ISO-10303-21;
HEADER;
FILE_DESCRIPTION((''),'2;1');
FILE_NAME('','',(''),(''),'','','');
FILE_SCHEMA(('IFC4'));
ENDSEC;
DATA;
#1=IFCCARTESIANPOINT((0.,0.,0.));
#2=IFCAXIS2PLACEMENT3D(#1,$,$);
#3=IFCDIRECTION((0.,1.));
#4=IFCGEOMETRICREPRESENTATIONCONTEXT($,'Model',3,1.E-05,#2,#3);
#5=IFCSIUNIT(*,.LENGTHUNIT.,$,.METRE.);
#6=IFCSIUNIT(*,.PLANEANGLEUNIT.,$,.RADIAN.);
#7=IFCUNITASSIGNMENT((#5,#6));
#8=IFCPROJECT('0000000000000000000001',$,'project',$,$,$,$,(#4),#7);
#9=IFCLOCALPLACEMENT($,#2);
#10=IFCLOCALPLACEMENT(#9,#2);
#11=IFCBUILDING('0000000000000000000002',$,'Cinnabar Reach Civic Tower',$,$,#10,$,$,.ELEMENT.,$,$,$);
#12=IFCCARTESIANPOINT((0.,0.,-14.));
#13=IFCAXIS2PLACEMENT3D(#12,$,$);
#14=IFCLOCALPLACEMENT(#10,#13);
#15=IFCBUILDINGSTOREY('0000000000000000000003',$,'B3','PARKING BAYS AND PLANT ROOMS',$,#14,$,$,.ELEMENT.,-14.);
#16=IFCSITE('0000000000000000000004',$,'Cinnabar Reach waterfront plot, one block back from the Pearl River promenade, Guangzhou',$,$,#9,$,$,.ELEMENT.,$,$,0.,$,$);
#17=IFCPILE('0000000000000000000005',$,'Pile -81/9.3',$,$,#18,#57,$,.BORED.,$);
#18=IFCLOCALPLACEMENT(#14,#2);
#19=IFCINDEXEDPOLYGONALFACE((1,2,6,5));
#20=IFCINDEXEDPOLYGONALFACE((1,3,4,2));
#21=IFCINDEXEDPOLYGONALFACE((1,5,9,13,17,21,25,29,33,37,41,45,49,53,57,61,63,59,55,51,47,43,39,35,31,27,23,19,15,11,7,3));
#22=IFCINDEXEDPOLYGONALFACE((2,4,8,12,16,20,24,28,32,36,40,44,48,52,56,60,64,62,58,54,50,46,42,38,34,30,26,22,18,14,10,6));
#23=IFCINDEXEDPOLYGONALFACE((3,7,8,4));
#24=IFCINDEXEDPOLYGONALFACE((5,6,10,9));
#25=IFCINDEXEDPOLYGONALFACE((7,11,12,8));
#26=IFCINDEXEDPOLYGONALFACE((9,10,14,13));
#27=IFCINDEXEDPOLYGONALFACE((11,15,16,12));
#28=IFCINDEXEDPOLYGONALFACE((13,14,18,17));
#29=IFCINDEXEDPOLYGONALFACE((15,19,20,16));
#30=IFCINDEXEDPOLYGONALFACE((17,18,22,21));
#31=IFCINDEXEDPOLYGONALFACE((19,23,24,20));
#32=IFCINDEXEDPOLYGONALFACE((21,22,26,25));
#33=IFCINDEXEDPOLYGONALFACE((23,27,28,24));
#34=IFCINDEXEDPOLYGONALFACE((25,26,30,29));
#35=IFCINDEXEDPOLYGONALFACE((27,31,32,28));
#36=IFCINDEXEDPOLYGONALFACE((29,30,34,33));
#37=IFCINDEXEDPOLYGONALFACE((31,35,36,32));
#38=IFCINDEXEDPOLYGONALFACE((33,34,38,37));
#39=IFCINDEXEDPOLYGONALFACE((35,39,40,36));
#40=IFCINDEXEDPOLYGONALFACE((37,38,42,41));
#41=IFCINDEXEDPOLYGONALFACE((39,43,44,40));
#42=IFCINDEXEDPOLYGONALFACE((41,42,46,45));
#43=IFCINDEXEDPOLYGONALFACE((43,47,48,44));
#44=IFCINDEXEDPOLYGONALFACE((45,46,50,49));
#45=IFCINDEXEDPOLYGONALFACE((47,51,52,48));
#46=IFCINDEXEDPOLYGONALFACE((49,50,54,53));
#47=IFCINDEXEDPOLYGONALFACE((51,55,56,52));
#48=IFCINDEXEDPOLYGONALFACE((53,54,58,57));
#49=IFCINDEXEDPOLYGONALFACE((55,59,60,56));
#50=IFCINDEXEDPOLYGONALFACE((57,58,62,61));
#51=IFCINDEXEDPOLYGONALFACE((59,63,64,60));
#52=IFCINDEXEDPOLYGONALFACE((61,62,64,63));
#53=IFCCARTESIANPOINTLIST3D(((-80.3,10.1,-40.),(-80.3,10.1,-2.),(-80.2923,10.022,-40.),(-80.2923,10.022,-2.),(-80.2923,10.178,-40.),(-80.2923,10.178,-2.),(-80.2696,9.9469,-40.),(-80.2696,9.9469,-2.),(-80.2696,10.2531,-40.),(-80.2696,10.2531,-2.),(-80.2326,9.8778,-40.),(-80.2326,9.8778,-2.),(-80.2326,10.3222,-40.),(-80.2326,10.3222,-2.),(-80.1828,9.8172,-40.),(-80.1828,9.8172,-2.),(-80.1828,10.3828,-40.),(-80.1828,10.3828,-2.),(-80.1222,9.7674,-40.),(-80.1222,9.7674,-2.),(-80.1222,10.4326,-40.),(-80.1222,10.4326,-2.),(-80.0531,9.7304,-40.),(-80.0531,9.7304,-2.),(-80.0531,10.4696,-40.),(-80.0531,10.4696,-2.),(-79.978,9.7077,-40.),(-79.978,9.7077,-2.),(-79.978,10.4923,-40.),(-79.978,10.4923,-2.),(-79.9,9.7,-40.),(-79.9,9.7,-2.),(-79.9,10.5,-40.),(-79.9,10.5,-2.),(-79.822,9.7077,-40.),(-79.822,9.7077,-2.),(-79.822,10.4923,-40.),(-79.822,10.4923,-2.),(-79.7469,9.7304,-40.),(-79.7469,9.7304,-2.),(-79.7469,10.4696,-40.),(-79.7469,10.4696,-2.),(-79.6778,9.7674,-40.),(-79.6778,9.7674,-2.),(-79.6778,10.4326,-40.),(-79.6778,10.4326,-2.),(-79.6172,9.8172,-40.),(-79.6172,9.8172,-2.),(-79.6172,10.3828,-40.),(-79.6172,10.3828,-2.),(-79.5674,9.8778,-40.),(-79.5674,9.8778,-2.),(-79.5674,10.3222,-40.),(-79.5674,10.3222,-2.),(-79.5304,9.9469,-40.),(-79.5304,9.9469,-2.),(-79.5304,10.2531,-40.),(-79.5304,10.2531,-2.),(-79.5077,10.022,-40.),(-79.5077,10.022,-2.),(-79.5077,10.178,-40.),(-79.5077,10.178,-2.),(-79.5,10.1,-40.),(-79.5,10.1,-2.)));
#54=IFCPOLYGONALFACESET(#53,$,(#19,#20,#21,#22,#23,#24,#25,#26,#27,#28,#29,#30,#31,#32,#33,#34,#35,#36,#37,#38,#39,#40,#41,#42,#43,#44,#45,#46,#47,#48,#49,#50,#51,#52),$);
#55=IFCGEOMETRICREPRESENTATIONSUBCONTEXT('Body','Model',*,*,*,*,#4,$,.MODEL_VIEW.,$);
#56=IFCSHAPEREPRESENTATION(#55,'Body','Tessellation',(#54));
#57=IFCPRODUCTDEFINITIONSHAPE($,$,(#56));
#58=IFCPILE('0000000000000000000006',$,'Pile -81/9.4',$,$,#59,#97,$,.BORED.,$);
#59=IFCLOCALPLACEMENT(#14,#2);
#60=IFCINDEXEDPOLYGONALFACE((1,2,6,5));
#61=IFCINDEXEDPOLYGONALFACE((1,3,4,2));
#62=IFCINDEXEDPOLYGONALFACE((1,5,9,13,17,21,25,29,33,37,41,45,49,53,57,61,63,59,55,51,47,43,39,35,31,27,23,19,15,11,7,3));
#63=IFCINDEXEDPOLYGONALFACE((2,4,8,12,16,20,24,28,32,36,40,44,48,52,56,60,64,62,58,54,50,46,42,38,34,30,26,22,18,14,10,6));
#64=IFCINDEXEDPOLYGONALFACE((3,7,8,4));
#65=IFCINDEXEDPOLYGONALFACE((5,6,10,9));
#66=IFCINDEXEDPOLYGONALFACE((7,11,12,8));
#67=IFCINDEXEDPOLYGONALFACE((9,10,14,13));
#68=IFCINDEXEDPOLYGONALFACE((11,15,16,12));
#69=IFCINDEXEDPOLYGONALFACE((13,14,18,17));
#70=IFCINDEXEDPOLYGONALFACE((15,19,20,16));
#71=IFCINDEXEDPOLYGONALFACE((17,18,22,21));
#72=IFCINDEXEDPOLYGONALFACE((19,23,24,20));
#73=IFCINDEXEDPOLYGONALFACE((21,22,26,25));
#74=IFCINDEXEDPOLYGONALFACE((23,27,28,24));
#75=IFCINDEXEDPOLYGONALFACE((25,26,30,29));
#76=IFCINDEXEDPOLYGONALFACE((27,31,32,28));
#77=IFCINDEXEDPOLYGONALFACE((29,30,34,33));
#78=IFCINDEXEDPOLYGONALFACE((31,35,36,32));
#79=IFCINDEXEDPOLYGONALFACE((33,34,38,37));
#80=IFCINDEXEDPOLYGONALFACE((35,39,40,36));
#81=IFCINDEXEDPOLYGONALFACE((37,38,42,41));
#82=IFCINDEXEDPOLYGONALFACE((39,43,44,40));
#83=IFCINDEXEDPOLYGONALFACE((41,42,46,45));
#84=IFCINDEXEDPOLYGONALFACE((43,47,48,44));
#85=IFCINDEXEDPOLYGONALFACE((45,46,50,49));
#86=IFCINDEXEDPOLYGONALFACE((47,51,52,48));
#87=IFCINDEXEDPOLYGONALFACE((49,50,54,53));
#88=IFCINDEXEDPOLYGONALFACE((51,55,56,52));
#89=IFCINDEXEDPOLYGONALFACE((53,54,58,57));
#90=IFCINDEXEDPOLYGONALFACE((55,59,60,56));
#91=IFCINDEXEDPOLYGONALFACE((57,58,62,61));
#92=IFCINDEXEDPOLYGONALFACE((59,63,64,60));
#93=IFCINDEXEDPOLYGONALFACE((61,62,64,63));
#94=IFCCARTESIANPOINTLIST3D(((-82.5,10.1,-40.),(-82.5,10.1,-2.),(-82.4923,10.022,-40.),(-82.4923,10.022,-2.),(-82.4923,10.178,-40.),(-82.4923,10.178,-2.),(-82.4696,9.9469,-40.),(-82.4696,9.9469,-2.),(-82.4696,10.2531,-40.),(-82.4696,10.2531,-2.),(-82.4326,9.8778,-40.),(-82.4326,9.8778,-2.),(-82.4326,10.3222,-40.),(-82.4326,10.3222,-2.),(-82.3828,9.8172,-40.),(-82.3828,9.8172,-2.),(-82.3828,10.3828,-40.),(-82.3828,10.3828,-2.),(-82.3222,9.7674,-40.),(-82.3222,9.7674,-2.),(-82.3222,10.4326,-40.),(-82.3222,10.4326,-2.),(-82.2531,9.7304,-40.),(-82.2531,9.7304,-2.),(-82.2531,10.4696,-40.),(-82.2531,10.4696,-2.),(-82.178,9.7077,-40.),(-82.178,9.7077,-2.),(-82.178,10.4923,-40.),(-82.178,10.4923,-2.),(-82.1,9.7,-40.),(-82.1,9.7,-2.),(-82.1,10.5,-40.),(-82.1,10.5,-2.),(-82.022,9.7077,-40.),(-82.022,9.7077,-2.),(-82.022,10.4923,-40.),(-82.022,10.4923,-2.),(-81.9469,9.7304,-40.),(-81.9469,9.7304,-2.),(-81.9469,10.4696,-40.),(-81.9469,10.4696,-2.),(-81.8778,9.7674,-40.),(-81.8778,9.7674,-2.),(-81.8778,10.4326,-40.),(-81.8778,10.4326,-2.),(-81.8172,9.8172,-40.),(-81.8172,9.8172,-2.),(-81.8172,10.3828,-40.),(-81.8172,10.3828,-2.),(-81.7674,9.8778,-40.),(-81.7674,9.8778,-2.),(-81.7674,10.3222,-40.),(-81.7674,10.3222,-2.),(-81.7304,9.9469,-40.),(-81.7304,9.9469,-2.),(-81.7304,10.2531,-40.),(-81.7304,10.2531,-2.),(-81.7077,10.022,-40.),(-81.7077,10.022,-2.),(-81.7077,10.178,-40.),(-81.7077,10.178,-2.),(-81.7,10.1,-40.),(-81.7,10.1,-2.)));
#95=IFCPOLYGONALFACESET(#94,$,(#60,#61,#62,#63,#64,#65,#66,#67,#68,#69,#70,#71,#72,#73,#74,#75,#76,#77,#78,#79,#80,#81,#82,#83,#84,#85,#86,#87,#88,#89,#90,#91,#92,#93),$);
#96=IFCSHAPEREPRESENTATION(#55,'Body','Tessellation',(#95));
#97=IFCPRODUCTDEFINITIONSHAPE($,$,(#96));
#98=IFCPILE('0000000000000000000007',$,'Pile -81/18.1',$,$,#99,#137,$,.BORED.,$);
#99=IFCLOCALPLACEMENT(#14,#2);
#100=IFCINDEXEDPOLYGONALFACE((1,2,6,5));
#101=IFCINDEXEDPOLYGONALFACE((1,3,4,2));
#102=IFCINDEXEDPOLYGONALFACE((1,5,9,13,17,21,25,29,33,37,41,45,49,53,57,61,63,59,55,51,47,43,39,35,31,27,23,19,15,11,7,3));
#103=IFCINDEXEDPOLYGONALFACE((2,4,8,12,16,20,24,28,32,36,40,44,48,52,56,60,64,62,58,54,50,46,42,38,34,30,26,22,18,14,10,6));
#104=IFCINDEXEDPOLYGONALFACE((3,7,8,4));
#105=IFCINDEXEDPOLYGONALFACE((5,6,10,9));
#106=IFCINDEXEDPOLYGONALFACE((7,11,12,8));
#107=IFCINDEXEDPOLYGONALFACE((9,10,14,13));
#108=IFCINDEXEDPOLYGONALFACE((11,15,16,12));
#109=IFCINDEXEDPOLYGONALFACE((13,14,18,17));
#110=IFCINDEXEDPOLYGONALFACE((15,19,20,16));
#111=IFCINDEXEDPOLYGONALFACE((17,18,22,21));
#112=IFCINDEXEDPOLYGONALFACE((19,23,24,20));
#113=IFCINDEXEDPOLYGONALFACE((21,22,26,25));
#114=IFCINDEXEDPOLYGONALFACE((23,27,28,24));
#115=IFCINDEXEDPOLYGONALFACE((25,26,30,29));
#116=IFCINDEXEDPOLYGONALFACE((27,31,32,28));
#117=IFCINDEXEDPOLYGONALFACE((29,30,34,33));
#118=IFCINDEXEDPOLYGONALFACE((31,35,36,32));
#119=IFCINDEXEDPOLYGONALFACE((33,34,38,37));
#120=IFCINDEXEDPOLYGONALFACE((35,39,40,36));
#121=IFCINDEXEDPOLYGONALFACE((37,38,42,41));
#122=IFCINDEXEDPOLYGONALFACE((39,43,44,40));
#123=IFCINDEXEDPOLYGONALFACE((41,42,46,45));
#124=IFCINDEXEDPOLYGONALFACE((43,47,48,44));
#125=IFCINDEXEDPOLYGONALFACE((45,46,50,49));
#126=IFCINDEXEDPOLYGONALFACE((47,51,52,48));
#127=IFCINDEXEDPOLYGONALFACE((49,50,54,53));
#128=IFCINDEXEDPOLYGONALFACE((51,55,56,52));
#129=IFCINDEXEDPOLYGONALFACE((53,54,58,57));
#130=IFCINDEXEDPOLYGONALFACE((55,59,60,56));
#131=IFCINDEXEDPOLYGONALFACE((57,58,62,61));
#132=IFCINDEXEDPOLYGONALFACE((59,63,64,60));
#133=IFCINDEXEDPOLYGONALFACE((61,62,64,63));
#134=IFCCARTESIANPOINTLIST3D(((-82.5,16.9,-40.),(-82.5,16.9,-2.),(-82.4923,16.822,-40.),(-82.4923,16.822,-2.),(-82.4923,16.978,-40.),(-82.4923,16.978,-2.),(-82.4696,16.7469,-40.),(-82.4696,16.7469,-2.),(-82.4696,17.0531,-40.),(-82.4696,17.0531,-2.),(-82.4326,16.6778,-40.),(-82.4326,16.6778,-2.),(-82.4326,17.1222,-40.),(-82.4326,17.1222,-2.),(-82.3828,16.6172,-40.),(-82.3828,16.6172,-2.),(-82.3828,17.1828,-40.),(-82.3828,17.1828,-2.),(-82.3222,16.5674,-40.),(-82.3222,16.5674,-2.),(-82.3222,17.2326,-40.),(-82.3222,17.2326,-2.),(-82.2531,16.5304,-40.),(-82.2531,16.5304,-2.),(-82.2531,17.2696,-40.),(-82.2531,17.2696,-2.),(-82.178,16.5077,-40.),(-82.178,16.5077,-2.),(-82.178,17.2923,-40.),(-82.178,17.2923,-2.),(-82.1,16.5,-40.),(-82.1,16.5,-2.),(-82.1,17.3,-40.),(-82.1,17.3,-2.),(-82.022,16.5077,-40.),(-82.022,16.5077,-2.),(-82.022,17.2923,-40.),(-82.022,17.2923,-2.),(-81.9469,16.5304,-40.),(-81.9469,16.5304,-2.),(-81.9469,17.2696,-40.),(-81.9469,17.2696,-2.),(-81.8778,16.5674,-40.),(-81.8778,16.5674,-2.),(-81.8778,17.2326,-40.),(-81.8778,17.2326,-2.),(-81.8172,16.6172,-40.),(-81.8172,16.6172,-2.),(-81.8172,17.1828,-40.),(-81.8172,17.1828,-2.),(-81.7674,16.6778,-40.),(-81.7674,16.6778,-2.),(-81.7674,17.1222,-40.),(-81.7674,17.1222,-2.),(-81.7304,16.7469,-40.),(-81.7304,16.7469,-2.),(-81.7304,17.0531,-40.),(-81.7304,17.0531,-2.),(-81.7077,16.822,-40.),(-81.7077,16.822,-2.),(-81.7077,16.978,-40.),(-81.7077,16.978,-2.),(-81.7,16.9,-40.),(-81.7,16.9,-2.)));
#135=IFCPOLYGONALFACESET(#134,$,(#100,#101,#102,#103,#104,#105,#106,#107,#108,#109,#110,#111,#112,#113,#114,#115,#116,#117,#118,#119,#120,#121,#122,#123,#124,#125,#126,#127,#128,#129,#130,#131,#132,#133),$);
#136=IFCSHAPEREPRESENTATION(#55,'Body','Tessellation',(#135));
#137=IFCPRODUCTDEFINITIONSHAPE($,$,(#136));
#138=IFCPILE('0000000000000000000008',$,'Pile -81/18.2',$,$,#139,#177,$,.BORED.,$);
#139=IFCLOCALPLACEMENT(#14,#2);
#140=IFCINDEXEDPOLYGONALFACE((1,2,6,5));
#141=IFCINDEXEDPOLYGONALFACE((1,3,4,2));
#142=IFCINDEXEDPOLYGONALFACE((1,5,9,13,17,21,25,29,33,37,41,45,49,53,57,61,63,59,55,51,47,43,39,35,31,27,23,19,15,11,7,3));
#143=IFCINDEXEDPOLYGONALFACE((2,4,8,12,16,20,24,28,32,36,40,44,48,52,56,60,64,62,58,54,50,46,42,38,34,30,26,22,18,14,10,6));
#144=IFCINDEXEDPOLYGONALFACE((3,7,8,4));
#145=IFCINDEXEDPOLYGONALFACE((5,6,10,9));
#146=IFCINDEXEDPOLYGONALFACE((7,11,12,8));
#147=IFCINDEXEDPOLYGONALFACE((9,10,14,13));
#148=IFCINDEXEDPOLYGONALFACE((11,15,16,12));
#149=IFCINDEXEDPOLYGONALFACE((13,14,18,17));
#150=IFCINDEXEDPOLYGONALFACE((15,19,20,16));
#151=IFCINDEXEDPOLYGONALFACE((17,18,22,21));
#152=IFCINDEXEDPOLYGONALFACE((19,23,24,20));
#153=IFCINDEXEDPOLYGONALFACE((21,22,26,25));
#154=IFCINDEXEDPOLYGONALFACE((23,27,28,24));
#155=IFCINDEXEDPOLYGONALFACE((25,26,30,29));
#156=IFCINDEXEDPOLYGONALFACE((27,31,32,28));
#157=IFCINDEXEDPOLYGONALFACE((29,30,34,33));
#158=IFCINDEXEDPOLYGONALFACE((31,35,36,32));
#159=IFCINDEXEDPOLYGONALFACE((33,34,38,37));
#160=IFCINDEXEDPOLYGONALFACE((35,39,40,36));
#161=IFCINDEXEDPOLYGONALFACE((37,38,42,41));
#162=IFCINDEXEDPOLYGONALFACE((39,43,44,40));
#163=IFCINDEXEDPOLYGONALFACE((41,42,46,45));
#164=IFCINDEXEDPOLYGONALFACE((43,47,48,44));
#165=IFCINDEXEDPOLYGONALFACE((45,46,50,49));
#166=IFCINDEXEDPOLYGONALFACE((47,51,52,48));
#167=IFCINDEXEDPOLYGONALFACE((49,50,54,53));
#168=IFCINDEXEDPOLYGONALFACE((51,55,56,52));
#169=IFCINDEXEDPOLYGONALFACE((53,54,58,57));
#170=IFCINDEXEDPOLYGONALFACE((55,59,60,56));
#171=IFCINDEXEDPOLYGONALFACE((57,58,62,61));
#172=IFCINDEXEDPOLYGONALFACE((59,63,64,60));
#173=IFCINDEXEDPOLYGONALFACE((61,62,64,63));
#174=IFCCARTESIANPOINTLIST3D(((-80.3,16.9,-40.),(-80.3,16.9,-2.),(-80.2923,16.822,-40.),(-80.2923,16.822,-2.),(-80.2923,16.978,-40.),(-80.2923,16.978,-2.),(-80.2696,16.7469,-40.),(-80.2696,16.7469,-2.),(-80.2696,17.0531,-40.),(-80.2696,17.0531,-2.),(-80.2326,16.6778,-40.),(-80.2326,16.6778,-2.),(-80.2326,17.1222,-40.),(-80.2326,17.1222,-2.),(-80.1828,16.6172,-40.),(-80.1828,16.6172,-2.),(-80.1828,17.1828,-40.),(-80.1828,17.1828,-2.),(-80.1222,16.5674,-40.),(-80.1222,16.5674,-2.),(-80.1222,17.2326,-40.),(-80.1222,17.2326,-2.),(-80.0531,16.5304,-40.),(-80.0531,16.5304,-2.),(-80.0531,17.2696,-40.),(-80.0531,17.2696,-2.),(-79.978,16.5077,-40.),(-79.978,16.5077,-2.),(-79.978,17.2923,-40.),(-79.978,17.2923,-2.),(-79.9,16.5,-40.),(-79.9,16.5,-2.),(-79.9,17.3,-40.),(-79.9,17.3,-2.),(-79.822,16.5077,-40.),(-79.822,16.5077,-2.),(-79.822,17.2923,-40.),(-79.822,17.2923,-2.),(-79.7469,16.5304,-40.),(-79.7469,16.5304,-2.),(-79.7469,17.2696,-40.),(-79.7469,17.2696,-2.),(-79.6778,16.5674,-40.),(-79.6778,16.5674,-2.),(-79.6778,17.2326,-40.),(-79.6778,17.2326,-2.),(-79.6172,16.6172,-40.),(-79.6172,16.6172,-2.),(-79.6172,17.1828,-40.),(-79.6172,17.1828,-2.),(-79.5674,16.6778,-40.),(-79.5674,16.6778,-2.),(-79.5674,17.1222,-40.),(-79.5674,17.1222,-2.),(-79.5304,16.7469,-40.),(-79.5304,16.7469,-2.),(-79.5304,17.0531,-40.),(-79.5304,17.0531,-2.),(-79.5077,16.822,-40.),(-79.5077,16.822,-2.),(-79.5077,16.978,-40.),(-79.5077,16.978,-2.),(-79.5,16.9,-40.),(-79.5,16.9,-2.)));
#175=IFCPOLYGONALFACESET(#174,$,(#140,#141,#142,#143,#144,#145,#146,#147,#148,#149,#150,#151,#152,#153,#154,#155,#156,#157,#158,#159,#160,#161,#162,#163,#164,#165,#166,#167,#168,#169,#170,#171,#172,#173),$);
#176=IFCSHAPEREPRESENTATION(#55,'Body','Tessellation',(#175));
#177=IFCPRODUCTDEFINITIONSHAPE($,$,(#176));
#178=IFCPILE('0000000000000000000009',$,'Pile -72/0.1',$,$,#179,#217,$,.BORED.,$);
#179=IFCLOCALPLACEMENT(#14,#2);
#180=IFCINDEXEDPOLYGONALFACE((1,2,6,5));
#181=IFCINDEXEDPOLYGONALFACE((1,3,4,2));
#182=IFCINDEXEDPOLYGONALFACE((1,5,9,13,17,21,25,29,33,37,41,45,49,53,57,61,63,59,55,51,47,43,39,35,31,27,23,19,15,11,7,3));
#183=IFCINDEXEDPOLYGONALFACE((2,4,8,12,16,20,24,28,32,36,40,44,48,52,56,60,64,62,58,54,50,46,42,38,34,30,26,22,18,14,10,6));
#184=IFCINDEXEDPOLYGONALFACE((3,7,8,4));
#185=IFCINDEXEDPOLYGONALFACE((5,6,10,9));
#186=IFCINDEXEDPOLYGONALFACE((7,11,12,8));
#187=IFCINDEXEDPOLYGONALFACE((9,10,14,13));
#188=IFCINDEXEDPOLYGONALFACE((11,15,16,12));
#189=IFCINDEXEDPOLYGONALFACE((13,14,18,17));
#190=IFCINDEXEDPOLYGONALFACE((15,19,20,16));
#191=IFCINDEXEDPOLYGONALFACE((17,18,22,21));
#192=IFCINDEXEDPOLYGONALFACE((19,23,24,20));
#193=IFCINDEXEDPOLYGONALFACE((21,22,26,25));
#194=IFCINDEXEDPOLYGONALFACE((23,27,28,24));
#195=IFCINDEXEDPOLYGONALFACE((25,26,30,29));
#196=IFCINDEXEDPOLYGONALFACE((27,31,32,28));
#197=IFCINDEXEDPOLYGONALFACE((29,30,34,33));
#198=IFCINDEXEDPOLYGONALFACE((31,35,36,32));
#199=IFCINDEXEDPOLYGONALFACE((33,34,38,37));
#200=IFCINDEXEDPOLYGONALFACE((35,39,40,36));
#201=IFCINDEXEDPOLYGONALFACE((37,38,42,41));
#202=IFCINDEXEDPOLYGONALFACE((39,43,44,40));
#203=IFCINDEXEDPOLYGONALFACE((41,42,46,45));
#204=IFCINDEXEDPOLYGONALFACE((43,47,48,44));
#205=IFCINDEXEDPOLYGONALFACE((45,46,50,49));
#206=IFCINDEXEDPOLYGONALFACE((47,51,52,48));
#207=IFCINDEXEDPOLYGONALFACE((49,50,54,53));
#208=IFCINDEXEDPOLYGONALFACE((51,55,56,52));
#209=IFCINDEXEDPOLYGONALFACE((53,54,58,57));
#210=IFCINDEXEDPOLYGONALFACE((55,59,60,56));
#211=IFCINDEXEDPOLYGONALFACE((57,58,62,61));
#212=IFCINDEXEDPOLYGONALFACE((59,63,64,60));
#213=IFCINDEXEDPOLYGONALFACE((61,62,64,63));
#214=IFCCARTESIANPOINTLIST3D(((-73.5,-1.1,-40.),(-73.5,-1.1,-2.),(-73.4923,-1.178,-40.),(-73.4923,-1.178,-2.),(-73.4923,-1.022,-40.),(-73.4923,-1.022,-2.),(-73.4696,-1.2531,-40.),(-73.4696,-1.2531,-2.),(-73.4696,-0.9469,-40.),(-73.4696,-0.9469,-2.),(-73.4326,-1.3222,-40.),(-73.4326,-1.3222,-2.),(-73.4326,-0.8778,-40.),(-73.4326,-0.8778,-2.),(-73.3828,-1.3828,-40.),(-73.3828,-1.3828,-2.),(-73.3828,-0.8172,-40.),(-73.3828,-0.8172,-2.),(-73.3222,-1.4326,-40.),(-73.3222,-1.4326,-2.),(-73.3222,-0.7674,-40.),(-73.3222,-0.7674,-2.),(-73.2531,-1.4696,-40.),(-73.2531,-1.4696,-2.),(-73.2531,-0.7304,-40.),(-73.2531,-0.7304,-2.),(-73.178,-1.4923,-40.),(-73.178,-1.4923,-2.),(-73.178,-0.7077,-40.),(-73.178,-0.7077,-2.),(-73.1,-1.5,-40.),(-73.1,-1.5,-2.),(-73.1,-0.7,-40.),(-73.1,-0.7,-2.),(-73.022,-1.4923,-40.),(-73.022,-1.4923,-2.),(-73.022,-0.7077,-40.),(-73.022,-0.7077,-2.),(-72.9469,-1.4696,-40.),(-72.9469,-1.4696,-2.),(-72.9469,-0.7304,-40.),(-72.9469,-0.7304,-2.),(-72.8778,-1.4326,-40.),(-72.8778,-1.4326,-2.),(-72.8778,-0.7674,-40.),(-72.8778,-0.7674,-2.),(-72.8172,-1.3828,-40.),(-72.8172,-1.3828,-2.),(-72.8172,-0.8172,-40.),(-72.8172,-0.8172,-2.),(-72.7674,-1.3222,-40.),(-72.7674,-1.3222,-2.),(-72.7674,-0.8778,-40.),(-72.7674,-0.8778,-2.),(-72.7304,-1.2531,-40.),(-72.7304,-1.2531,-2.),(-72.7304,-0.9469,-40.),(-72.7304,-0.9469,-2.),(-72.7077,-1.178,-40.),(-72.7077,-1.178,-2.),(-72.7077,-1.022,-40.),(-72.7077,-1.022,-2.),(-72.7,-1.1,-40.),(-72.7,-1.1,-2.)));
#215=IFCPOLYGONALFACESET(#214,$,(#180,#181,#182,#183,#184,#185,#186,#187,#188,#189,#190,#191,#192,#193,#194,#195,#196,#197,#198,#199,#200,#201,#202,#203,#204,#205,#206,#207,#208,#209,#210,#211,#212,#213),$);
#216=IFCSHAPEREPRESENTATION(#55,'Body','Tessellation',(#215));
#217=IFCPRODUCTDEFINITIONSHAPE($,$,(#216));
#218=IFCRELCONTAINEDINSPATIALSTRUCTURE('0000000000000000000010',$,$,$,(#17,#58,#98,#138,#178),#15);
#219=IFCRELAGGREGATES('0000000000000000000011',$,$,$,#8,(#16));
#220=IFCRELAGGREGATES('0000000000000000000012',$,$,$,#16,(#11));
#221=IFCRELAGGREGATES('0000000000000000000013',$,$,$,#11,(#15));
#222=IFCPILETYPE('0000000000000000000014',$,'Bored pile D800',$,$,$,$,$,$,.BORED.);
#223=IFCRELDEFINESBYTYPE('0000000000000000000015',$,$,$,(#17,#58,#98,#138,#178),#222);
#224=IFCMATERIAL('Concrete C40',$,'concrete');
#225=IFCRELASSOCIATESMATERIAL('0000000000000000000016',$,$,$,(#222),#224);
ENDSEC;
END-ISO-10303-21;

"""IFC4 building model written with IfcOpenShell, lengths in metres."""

from ifc_helpers import new_model, si_unit, direction, frame, origin, origin_2d, place, context, subcontext, project, spatial, circle, extrude, material, type_object, element, save


model = new_model("IFC4")

# Units and contexts
model_context = context("Model", 3, precision=1e-05, world=origin(), true_north=direction((0.0, 1.0)))
body_context = subcontext(model_context, "Body", "Model", "MODEL_VIEW")
ifc_project = project(units=[si_unit("LENGTHUNIT", "METRE"), si_unit("PLANEANGLEUNIT", "RADIAN")], contexts=[model_context])

# Site, building, storey
site_placement = place(None, origin())
site = spatial("IfcSite", under=ifc_project, at=site_placement, Name="Cinnabar Reach waterfront plot, one block back from the Pearl River promenade, Guangzhou", CompositionType="ELEMENT", RefElevation=0.0)
building_placement = place(site_placement, origin())
building = spatial("IfcBuilding", under=site, at=building_placement, Name="Cinnabar Reach Civic Tower", CompositionType="ELEMENT")
storey_placement = place(building_placement, frame((0.0, 0.0, -14.0)))
storey = spatial("IfcBuildingStorey", under=building, at=storey_placement, Name="B3", Description="PARKING BAYS AND PLANT ROOMS", CompositionType="ELEMENT", Elevation=-14.0)

# Piles
ifc_material_1 = material(Name="Concrete C40", Category="concrete")
pile_type = type_object("IfcPileType", Name="Bored pile D800", PredefinedType="BORED", material=ifc_material_1)
for number, where, z_axis, x_axis, name in (
    (1, (-79.9, 10.1, -2.0), (0.0, 0.0, -1.0), (1.0, 0.0, 0.0), "Pile -81/9.3"),
    (2, (-82.1, 10.1, -2.0), (0.0, 0.0, -1.0), (1.0, 0.0, 0.0), "Pile -81/9.4"),
    (3, (-82.1, 16.9, -2.0), (0.0, 0.0, -1.0), (1.0, 0.0, 0.0), "Pile -81/18.1"),
    (4, (-79.9, 16.9, -2.0), (0.0, 0.0, -1.0), (1.0, 0.0, 0.0), "Pile -81/18.2"),
    (5, (-73.1, -1.1, -2.0), (0.0, 0.0, -1.0), (1.0, 0.0, 0.0), "Pile -72/0.1"),
):
    element("IfcPile", number, at=place(storey_placement, frame(where, z_axis=z_axis, x_axis=x_axis)), inside=storey, type_object=pile_type, Name=name, PredefinedType="BORED", context=body_context, shape_type="SweptSolid", body=[
        extrude(circle(Radius=0.4, at=origin_2d()), origin(), (0.0, 0.0, 1.0), 38.0),
    ])

save(model, "model.ifc")
